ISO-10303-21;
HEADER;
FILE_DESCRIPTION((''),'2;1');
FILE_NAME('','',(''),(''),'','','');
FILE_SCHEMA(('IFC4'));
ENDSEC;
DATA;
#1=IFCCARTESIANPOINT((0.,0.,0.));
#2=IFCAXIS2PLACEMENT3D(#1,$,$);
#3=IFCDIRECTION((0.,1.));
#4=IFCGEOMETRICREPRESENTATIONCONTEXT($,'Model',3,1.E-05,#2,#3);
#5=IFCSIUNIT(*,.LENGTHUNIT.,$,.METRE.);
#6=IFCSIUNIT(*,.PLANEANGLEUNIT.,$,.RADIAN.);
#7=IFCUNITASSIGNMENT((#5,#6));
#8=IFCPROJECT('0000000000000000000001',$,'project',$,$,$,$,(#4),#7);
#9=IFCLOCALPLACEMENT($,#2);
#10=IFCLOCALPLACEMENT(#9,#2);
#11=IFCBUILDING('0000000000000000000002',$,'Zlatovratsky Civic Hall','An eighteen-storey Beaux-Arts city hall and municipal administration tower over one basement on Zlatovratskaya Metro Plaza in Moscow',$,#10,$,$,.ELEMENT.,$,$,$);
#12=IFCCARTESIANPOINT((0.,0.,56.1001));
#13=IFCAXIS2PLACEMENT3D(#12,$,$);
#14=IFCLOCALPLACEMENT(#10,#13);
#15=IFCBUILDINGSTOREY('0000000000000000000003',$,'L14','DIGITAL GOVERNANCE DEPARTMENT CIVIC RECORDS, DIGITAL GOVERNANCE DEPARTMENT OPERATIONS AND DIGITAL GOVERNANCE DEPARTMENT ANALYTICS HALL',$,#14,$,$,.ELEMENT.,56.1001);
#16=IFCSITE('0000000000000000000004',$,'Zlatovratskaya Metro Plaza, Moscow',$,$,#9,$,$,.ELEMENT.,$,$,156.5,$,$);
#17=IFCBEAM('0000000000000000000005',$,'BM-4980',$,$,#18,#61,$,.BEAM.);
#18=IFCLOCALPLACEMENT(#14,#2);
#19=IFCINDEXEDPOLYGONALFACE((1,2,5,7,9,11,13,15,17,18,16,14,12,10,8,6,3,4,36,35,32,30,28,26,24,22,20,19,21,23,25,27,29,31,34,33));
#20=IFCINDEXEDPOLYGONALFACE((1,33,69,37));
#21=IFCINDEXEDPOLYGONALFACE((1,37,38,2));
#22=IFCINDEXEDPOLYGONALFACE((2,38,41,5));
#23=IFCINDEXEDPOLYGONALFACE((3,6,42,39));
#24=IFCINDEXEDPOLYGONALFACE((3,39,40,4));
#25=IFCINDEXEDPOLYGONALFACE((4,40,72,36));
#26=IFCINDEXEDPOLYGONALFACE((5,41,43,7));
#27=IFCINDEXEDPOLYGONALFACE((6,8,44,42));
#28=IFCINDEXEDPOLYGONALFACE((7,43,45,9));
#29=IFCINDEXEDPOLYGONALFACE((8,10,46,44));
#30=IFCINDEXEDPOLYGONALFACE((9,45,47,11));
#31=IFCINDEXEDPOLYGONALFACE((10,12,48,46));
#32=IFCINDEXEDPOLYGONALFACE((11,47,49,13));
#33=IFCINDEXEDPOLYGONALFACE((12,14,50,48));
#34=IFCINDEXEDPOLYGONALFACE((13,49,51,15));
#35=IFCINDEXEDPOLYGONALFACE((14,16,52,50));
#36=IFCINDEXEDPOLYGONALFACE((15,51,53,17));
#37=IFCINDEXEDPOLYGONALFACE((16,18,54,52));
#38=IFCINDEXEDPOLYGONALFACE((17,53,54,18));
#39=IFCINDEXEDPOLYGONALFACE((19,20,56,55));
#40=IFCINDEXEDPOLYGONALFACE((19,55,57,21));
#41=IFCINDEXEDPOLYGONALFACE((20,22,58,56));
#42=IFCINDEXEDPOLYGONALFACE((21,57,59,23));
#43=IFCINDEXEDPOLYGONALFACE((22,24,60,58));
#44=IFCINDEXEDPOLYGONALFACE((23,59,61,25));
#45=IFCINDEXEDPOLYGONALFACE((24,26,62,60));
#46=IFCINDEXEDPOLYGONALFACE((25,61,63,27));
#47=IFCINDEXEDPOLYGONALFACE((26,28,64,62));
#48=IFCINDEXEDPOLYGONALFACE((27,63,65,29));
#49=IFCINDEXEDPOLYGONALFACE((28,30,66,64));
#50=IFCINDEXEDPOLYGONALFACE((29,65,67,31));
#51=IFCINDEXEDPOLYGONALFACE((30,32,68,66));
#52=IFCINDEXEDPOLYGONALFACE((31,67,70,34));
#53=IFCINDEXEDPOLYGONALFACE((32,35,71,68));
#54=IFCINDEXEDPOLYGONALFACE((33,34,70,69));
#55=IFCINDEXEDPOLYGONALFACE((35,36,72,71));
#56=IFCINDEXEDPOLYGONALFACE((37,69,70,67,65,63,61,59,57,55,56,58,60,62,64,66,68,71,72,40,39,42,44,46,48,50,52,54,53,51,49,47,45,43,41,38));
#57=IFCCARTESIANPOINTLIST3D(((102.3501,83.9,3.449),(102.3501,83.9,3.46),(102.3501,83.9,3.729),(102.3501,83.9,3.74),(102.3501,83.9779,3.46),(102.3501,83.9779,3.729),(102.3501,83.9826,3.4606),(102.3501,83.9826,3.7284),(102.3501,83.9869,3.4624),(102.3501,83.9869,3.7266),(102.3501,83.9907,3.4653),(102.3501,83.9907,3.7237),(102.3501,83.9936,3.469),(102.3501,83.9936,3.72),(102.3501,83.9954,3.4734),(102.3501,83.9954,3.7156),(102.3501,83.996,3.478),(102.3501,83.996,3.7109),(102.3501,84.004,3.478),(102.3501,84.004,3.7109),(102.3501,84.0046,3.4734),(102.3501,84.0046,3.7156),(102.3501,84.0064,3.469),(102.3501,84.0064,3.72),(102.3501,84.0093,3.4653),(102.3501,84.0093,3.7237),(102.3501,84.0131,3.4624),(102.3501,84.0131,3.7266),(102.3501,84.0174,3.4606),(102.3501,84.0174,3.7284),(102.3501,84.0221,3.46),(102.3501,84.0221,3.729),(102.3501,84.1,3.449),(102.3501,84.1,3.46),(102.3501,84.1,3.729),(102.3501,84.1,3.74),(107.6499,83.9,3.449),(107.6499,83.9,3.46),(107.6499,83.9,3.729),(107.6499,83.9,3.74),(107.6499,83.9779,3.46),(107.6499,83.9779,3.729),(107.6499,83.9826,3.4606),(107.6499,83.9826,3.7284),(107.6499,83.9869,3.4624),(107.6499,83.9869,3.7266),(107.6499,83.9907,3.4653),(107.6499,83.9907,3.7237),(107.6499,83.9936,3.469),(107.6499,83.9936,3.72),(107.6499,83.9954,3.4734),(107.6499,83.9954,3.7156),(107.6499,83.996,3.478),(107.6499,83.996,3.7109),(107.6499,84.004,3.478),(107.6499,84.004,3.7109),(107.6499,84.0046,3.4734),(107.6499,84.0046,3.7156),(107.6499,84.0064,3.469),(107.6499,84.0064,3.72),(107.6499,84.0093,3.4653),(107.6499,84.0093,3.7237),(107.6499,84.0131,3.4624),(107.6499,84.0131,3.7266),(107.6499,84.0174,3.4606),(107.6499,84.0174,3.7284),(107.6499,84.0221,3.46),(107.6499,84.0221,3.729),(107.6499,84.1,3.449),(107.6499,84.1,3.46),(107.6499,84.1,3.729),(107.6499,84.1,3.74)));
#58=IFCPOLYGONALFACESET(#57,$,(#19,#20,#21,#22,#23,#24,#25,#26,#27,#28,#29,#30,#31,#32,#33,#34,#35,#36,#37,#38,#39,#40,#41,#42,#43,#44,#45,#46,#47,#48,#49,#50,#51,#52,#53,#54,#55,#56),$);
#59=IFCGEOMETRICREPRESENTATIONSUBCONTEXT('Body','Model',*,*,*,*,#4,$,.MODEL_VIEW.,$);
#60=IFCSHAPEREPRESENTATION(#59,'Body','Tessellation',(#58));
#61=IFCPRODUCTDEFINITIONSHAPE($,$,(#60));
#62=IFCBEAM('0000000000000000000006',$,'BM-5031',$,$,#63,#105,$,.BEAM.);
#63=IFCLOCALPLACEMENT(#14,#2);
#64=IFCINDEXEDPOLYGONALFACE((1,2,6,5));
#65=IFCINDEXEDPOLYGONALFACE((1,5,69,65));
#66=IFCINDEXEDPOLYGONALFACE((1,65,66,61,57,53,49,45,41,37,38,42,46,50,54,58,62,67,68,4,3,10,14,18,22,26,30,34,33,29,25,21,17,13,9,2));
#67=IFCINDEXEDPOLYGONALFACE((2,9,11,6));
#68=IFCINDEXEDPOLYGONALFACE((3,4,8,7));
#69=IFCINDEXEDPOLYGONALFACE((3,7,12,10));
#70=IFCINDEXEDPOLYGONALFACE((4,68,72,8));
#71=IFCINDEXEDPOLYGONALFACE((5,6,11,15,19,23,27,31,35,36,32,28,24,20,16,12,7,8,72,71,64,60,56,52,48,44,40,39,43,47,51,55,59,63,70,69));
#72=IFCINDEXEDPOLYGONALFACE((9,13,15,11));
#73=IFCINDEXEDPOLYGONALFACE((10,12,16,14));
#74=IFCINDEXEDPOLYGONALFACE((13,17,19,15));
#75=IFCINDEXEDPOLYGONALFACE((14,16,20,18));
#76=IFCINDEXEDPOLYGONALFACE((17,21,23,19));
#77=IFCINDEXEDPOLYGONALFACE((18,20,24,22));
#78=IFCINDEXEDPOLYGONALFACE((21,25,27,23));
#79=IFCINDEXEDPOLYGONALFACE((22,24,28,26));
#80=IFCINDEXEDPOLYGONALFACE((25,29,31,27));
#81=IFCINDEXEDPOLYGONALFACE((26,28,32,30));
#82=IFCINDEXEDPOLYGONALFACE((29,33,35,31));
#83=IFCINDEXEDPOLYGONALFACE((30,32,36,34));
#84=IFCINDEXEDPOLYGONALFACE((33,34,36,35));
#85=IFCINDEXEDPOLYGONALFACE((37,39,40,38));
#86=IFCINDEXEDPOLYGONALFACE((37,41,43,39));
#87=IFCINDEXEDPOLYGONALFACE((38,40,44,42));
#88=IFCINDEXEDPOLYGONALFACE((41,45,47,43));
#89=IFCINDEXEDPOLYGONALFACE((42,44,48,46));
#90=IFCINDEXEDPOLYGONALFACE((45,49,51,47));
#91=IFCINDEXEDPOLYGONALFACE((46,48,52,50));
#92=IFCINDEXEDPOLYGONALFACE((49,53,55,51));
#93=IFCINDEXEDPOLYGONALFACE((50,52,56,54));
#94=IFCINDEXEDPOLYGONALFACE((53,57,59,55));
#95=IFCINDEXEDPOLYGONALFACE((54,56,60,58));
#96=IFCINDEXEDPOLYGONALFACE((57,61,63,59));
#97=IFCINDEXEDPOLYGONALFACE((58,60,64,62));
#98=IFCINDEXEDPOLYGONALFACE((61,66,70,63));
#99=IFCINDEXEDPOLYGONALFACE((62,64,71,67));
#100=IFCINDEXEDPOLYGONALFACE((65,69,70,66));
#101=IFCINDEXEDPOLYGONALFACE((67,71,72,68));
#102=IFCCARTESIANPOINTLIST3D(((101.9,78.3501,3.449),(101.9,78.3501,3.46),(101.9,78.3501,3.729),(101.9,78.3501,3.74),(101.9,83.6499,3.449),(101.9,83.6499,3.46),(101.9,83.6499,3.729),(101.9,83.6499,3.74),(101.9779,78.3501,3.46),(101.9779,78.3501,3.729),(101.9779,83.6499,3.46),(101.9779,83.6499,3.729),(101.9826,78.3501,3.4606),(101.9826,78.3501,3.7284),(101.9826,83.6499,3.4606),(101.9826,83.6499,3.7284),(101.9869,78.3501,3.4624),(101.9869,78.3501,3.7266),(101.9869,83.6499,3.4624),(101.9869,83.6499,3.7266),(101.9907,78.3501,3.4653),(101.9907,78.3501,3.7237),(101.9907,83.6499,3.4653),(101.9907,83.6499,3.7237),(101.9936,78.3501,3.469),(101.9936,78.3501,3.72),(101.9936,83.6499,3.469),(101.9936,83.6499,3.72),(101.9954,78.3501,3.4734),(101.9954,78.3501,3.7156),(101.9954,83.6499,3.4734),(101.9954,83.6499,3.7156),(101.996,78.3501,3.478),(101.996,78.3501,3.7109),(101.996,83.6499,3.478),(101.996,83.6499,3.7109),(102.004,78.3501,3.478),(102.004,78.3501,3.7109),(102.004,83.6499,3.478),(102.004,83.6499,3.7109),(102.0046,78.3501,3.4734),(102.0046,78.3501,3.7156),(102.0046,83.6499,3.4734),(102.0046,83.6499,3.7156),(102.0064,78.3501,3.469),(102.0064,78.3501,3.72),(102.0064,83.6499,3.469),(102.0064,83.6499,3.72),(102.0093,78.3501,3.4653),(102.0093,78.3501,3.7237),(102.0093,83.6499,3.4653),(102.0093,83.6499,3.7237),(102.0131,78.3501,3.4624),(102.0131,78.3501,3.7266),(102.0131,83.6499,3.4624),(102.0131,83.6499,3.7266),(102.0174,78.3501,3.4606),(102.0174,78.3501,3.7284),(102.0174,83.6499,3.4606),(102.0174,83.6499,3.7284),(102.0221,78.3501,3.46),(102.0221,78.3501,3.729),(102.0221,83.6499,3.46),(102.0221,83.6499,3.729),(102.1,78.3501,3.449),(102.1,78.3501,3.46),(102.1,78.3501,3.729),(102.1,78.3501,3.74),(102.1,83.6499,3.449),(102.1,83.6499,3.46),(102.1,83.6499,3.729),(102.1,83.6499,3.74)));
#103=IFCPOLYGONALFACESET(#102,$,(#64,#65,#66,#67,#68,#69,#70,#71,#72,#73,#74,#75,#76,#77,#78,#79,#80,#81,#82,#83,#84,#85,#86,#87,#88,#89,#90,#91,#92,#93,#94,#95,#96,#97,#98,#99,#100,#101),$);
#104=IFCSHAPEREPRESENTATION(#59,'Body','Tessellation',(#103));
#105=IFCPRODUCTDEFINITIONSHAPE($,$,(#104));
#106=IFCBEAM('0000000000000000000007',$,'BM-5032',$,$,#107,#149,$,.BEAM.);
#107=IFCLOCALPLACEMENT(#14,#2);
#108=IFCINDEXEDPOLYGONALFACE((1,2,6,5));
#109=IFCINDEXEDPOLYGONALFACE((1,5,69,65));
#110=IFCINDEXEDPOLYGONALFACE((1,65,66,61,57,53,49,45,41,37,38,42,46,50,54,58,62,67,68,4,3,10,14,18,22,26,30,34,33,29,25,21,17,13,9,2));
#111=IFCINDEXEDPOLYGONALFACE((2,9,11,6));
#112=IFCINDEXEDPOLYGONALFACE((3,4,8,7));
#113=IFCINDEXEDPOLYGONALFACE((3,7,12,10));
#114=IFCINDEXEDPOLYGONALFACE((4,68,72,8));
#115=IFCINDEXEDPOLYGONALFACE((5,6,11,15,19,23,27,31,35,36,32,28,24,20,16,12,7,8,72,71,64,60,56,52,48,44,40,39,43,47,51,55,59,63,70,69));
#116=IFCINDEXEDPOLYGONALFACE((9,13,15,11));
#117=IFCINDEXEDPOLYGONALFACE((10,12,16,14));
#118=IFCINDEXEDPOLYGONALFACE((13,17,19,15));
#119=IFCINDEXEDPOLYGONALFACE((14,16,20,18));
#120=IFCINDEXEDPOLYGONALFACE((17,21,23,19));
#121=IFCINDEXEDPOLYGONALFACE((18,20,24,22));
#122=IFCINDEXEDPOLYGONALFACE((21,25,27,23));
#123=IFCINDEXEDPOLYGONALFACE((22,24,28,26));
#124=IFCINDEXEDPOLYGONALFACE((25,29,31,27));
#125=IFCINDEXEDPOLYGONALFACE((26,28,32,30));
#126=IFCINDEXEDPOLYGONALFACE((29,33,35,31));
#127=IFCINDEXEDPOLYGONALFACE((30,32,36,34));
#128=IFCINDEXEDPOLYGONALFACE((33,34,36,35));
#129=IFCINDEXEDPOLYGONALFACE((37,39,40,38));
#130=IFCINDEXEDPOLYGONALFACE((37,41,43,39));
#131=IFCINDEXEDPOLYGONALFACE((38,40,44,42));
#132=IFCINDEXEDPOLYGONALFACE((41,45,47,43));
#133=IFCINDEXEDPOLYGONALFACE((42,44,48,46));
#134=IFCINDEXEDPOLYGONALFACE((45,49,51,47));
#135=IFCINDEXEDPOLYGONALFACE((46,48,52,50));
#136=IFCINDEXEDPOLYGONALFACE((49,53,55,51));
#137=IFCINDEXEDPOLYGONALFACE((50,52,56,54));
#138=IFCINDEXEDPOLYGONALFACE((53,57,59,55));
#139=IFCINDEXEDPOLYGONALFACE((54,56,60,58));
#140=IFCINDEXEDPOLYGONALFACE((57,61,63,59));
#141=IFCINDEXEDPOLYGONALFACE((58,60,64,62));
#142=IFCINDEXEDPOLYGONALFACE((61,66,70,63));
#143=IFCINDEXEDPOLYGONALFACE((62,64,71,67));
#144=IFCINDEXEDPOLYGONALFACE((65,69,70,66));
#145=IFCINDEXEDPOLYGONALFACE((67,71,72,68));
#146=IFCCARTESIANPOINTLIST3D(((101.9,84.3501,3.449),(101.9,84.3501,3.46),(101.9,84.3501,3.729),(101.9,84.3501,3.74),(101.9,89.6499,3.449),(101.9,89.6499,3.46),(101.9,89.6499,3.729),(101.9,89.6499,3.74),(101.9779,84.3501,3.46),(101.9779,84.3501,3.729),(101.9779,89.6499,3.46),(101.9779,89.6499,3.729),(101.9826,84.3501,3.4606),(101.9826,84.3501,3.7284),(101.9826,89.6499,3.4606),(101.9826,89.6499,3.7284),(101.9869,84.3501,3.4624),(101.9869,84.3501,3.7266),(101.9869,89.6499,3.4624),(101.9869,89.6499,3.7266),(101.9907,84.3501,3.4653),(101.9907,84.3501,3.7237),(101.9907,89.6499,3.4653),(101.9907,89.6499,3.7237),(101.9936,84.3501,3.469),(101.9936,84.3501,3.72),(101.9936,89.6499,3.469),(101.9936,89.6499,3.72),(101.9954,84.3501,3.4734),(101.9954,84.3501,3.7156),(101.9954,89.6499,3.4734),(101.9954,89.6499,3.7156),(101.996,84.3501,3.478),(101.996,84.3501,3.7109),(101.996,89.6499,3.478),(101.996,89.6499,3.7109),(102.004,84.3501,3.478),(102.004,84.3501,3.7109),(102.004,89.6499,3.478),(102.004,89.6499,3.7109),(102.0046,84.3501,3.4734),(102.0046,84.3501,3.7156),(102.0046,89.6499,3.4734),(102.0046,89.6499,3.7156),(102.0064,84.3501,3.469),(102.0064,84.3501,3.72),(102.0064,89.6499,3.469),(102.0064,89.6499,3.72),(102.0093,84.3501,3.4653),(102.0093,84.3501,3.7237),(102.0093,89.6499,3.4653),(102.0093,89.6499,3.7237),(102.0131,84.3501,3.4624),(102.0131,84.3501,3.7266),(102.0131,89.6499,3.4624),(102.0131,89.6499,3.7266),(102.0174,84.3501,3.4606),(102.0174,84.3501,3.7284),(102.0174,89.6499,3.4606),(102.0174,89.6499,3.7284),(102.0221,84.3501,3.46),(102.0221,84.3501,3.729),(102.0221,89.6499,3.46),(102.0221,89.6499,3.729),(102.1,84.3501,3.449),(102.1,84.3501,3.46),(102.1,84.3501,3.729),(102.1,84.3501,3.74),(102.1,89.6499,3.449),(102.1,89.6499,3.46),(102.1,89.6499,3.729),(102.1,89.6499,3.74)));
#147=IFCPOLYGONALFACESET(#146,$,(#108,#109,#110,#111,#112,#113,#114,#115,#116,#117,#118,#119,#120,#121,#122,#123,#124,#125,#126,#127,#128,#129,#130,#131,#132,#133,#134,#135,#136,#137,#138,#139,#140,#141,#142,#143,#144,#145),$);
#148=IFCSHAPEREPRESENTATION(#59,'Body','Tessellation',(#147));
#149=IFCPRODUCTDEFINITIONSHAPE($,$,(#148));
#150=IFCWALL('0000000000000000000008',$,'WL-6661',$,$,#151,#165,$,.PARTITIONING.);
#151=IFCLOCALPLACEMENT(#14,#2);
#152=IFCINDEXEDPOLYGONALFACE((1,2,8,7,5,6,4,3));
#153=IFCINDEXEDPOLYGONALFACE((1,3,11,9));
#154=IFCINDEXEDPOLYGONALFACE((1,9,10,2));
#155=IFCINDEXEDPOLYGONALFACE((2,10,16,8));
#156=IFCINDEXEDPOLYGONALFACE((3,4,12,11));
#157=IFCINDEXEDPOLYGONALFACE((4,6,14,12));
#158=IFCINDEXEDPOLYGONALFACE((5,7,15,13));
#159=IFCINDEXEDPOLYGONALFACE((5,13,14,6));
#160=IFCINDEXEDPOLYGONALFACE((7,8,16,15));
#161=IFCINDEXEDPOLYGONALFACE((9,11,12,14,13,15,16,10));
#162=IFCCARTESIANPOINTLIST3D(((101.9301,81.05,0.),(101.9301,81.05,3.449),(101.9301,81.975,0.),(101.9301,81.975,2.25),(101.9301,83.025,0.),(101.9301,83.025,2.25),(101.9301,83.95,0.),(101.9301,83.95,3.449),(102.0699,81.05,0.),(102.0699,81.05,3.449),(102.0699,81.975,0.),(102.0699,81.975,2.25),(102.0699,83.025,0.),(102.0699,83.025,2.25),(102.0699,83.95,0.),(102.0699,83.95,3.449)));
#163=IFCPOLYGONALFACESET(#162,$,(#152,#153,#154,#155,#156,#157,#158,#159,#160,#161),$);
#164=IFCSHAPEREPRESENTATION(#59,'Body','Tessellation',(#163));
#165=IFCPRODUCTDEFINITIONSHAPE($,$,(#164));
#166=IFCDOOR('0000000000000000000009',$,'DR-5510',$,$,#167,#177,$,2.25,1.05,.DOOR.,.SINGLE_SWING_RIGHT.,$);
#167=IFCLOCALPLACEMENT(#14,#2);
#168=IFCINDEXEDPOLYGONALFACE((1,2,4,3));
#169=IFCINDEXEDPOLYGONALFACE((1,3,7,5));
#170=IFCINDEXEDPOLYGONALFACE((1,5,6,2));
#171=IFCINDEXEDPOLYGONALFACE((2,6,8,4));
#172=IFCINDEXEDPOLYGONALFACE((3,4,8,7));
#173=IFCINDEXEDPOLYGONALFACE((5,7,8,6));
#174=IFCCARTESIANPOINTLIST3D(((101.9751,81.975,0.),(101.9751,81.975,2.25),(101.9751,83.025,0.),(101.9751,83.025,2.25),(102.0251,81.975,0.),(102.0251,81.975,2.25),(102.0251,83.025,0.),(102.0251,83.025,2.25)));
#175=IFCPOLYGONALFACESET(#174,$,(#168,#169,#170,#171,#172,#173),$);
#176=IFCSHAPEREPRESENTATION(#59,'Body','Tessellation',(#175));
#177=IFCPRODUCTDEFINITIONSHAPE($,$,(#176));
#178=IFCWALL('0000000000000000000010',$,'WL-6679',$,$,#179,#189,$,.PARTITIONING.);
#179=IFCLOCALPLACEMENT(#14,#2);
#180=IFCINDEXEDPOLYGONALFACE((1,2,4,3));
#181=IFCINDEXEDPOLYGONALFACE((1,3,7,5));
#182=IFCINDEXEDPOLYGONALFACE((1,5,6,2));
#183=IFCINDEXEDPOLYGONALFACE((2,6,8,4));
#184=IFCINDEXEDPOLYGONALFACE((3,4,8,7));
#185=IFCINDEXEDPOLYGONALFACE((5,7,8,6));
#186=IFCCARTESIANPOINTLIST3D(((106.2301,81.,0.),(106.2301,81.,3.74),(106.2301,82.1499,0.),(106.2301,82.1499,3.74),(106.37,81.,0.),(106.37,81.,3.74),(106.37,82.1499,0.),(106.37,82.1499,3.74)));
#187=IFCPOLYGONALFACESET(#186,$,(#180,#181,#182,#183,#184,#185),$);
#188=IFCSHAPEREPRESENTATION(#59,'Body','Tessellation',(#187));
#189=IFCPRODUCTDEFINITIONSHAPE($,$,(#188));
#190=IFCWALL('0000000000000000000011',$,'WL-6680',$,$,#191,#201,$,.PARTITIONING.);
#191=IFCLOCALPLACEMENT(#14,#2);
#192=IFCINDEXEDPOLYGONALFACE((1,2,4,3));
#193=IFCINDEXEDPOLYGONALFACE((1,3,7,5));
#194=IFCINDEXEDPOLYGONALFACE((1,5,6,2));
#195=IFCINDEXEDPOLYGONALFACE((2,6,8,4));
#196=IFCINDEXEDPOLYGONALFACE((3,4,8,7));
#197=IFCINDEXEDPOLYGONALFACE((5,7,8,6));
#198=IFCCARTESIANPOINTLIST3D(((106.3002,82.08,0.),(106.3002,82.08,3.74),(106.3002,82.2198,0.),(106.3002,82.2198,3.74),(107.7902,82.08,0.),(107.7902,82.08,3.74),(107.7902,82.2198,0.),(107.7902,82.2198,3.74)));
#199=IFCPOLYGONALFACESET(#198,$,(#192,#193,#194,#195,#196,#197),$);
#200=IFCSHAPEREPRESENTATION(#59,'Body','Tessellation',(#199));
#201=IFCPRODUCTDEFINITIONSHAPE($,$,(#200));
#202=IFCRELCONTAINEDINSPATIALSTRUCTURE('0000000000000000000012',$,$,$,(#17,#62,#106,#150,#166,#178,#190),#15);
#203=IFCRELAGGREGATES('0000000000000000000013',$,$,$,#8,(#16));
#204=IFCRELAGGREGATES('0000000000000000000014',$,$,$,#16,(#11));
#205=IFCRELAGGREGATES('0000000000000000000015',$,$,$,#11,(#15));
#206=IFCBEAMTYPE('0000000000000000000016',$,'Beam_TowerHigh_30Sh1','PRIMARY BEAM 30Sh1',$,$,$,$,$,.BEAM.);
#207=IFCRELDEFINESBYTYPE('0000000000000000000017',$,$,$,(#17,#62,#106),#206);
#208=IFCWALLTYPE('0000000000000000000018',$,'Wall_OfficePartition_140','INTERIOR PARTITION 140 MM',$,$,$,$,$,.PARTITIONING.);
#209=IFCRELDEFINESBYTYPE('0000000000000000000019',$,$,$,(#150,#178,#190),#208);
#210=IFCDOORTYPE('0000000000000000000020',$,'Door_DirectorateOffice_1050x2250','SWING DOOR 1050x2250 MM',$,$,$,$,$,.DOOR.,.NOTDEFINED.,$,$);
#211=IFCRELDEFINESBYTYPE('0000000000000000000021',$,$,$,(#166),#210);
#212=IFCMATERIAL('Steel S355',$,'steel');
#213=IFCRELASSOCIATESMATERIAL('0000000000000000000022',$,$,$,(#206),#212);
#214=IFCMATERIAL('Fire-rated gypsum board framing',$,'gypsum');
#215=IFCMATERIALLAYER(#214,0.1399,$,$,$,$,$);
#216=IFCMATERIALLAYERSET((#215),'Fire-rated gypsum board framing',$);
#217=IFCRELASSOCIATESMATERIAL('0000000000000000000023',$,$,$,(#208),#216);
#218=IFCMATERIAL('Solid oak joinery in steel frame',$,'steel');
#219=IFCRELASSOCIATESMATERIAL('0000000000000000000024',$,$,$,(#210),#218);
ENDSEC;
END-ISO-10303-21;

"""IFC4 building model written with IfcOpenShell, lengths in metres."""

from ifc_helpers import new_model, si_unit, direction, frame, frame_2d, origin, origin_2d, place, context, subcontext, project, spatial, rectangle, i_section, extrude, material, layer, layer_set, material_profile, profile_set, type_object, element, fill, save


model = new_model("IFC4")

# Units and contexts
model_context = context("Model", 3, precision=1e-05, world=origin(), true_north=direction((0.0, 1.0)))
body_context = subcontext(model_context, "Body", "Model", "MODEL_VIEW")
ifc_project = project(units=[si_unit("LENGTHUNIT", "METRE"), si_unit("PLANEANGLEUNIT", "RADIAN")], contexts=[model_context])

# Site, building, storey
site_placement = place(None, origin())
site = spatial("IfcSite", under=ifc_project, at=site_placement, Name="Zlatovratskaya Metro Plaza, Moscow", CompositionType="ELEMENT", RefElevation=156.5)
building_placement = place(site_placement, origin())
building = spatial("IfcBuilding", under=site, at=building_placement, Name="Zlatovratsky Civic Hall", Description="An eighteen-storey Beaux-Arts city hall and municipal administration tower over one basement on Zlatovratskaya Metro Plaza in Moscow", CompositionType="ELEMENT")
storey_placement = place(building_placement, frame((0.0, 0.0, 56.1001)))
storey = spatial("IfcBuildingStorey", under=building, at=storey_placement, Name="L14", Description="DIGITAL GOVERNANCE DEPARTMENT CIVIC RECORDS, DIGITAL GOVERNANCE DEPARTMENT OPERATIONS AND DIGITAL GOVERNANCE DEPARTMENT ANALYTICS HALL", CompositionType="ELEMENT", Elevation=56.1001)

# Beams
ifc_material_1 = material(Name="Steel S355", Category="steel")
ifc_material_profile_1 = material_profile(ifc_material_1, i_section(OverallWidth=0.2, OverallDepth=0.291, WebThickness=0.0081, FlangeThickness=0.011, FilletRadius=0.0181, at=origin_2d()), Name="30Sh1")
ifc_profile_set_1 = profile_set([ifc_material_profile_1], Name="Steel S355")
beam_type_1 = type_object("IfcBeamType", Name="Beam_TowerHigh_30Sh1", Description="PRIMARY BEAM 30Sh1", PredefinedType="BEAM", material=ifc_profile_set_1)
for number, where, z_axis, x_axis, name in (
    (1, (102.3501, 84.0, 3.5945), (1.0, 0.0, 0.0), (0.0, 1.0, 0.0), "BM-4980"),
    (2, (102.0, 78.3501, 3.5945), (0.0, 1.0, 0.0), (-1.0, 0.0, 0.0), "BM-5031"),
    (3, (102.0, 84.3501, 3.5945), (0.0, 1.0, 0.0), (-1.0, 0.0, 0.0), "BM-5032"),
):
    element("IfcBeam", number, at=place(storey_placement, frame(where, z_axis=z_axis, x_axis=x_axis)), inside=storey, type_object=beam_type_1, Name=name, PredefinedType="BEAM", context=body_context, shape_type="SweptSolid", body=[
        extrude(i_section(OverallWidth=0.2, OverallDepth=0.291, WebThickness=0.0081, FlangeThickness=0.011, FilletRadius=0.0181, at=origin_2d()), origin(), (0.0, 0.0, 1.0), 5.2998),
    ])

# Wall, opening, door
ifc_material_2 = material(Name="Fire-rated gypsum board framing", Category="gypsum")
ifc_layer_1 = layer(ifc_material_2, 0.1399)
ifc_layer_set_1 = layer_set([ifc_layer_1], Name="Fire-rated gypsum board framing")
wall_type_1 = type_object("IfcWallType", Name="Wall_OfficePartition_140", Description="INTERIOR PARTITION 140 MM", PredefinedType="PARTITIONING", material=ifc_layer_set_1)
wall_1_placement = place(storey_placement, frame((102.0, 81.05, 0.0), z_axis=(0.0, 0.0, 1.0), x_axis=(0.0, 1.0, 0.0)))
wall_1 = element("IfcWall", 4, at=wall_1_placement, inside=storey, type_object=wall_type_1, Name="WL-6661", PredefinedType="PARTITIONING", context=body_context, shape_type="SweptSolid", body=[
    extrude(rectangle(XDim=2.8999, YDim=0.1399, at=frame_2d((1.45, 0.0))), origin(), (0.0, 0.0, 1.0), 3.449),
])
opening_1_placement = place(wall_1_placement, frame((0.925, 0.0, 0.0)))
opening_1 = element("IfcOpeningElement", 5, at=opening_1_placement, cuts=wall_1, PredefinedType="OPENING", context=body_context, shape_type="SweptSolid", body=[
    extrude(rectangle(XDim=1.05, YDim=2.25, at=frame_2d((0.5249, 1.125))), frame((0.0, 0.085, 0.0), z_axis=(0.0, -1.0, 0.0), x_axis=(1.0, 0.0, 0.0)), (0.0, 0.0, 1.0), 0.1697),
])
ifc_material_3 = material(Name="Solid oak joinery in steel frame", Category="steel")
door_type = type_object("IfcDoorType", Name="Door_DirectorateOffice_1050x2250", Description="SWING DOOR 1050x2250 MM", OperationType="NOTDEFINED", PredefinedType="DOOR", material=ifc_material_3)
door_placement = place(opening_1_placement, origin())
door = element("IfcDoor", 6, at=door_placement, inside=storey, type_object=door_type, Name="DR-5510", OperationType="SINGLE_SWING_RIGHT", OverallHeight=2.25, OverallWidth=1.05, PredefinedType="DOOR", context=body_context, shape_type="SweptSolid", body=[
    extrude(rectangle(XDim=1.05, YDim=2.25, at=frame_2d((0.5249, 1.125))), frame((0.0, 0.0249, 0.0), z_axis=(0.0, -1.0, 0.0), x_axis=(1.0, 0.0, 0.0)), (0.0, 0.0, 1.0), 0.05),
])
fill(opening_1, door)

# Walls
wall_2_placement = place(storey_placement, frame((106.3, 81.0, 0.0), z_axis=(0.0, 0.0, 1.0), x_axis=(0.0, 1.0, 0.0)))
element("IfcWall", 7, at=wall_2_placement, inside=storey, type_object=wall_type_1, Name="WL-6679", PredefinedType="PARTITIONING", context=body_context, shape_type="SweptSolid", body=[
    extrude(rectangle(XDim=1.1499, YDim=0.1399, at=frame_2d((0.575, 0.0))), origin(), (0.0, 0.0, 1.0), 3.74),
])
wall_3_placement = place(storey_placement, frame((106.3, 82.1499, 0.0), z_axis=(0.0, 0.0, 1.0), x_axis=(1.0, 0.0, 0.0)))
element("IfcWall", 8, at=wall_3_placement, inside=storey, type_object=wall_type_1, Name="WL-6680", PredefinedType="PARTITIONING", context=body_context, shape_type="SweptSolid", body=[
    extrude(rectangle(XDim=1.49, YDim=0.1399, at=frame_2d((0.7451, 0.0))), origin(), (0.0, 0.0, 1.0), 3.74),
])

save(model, "model.ifc")
